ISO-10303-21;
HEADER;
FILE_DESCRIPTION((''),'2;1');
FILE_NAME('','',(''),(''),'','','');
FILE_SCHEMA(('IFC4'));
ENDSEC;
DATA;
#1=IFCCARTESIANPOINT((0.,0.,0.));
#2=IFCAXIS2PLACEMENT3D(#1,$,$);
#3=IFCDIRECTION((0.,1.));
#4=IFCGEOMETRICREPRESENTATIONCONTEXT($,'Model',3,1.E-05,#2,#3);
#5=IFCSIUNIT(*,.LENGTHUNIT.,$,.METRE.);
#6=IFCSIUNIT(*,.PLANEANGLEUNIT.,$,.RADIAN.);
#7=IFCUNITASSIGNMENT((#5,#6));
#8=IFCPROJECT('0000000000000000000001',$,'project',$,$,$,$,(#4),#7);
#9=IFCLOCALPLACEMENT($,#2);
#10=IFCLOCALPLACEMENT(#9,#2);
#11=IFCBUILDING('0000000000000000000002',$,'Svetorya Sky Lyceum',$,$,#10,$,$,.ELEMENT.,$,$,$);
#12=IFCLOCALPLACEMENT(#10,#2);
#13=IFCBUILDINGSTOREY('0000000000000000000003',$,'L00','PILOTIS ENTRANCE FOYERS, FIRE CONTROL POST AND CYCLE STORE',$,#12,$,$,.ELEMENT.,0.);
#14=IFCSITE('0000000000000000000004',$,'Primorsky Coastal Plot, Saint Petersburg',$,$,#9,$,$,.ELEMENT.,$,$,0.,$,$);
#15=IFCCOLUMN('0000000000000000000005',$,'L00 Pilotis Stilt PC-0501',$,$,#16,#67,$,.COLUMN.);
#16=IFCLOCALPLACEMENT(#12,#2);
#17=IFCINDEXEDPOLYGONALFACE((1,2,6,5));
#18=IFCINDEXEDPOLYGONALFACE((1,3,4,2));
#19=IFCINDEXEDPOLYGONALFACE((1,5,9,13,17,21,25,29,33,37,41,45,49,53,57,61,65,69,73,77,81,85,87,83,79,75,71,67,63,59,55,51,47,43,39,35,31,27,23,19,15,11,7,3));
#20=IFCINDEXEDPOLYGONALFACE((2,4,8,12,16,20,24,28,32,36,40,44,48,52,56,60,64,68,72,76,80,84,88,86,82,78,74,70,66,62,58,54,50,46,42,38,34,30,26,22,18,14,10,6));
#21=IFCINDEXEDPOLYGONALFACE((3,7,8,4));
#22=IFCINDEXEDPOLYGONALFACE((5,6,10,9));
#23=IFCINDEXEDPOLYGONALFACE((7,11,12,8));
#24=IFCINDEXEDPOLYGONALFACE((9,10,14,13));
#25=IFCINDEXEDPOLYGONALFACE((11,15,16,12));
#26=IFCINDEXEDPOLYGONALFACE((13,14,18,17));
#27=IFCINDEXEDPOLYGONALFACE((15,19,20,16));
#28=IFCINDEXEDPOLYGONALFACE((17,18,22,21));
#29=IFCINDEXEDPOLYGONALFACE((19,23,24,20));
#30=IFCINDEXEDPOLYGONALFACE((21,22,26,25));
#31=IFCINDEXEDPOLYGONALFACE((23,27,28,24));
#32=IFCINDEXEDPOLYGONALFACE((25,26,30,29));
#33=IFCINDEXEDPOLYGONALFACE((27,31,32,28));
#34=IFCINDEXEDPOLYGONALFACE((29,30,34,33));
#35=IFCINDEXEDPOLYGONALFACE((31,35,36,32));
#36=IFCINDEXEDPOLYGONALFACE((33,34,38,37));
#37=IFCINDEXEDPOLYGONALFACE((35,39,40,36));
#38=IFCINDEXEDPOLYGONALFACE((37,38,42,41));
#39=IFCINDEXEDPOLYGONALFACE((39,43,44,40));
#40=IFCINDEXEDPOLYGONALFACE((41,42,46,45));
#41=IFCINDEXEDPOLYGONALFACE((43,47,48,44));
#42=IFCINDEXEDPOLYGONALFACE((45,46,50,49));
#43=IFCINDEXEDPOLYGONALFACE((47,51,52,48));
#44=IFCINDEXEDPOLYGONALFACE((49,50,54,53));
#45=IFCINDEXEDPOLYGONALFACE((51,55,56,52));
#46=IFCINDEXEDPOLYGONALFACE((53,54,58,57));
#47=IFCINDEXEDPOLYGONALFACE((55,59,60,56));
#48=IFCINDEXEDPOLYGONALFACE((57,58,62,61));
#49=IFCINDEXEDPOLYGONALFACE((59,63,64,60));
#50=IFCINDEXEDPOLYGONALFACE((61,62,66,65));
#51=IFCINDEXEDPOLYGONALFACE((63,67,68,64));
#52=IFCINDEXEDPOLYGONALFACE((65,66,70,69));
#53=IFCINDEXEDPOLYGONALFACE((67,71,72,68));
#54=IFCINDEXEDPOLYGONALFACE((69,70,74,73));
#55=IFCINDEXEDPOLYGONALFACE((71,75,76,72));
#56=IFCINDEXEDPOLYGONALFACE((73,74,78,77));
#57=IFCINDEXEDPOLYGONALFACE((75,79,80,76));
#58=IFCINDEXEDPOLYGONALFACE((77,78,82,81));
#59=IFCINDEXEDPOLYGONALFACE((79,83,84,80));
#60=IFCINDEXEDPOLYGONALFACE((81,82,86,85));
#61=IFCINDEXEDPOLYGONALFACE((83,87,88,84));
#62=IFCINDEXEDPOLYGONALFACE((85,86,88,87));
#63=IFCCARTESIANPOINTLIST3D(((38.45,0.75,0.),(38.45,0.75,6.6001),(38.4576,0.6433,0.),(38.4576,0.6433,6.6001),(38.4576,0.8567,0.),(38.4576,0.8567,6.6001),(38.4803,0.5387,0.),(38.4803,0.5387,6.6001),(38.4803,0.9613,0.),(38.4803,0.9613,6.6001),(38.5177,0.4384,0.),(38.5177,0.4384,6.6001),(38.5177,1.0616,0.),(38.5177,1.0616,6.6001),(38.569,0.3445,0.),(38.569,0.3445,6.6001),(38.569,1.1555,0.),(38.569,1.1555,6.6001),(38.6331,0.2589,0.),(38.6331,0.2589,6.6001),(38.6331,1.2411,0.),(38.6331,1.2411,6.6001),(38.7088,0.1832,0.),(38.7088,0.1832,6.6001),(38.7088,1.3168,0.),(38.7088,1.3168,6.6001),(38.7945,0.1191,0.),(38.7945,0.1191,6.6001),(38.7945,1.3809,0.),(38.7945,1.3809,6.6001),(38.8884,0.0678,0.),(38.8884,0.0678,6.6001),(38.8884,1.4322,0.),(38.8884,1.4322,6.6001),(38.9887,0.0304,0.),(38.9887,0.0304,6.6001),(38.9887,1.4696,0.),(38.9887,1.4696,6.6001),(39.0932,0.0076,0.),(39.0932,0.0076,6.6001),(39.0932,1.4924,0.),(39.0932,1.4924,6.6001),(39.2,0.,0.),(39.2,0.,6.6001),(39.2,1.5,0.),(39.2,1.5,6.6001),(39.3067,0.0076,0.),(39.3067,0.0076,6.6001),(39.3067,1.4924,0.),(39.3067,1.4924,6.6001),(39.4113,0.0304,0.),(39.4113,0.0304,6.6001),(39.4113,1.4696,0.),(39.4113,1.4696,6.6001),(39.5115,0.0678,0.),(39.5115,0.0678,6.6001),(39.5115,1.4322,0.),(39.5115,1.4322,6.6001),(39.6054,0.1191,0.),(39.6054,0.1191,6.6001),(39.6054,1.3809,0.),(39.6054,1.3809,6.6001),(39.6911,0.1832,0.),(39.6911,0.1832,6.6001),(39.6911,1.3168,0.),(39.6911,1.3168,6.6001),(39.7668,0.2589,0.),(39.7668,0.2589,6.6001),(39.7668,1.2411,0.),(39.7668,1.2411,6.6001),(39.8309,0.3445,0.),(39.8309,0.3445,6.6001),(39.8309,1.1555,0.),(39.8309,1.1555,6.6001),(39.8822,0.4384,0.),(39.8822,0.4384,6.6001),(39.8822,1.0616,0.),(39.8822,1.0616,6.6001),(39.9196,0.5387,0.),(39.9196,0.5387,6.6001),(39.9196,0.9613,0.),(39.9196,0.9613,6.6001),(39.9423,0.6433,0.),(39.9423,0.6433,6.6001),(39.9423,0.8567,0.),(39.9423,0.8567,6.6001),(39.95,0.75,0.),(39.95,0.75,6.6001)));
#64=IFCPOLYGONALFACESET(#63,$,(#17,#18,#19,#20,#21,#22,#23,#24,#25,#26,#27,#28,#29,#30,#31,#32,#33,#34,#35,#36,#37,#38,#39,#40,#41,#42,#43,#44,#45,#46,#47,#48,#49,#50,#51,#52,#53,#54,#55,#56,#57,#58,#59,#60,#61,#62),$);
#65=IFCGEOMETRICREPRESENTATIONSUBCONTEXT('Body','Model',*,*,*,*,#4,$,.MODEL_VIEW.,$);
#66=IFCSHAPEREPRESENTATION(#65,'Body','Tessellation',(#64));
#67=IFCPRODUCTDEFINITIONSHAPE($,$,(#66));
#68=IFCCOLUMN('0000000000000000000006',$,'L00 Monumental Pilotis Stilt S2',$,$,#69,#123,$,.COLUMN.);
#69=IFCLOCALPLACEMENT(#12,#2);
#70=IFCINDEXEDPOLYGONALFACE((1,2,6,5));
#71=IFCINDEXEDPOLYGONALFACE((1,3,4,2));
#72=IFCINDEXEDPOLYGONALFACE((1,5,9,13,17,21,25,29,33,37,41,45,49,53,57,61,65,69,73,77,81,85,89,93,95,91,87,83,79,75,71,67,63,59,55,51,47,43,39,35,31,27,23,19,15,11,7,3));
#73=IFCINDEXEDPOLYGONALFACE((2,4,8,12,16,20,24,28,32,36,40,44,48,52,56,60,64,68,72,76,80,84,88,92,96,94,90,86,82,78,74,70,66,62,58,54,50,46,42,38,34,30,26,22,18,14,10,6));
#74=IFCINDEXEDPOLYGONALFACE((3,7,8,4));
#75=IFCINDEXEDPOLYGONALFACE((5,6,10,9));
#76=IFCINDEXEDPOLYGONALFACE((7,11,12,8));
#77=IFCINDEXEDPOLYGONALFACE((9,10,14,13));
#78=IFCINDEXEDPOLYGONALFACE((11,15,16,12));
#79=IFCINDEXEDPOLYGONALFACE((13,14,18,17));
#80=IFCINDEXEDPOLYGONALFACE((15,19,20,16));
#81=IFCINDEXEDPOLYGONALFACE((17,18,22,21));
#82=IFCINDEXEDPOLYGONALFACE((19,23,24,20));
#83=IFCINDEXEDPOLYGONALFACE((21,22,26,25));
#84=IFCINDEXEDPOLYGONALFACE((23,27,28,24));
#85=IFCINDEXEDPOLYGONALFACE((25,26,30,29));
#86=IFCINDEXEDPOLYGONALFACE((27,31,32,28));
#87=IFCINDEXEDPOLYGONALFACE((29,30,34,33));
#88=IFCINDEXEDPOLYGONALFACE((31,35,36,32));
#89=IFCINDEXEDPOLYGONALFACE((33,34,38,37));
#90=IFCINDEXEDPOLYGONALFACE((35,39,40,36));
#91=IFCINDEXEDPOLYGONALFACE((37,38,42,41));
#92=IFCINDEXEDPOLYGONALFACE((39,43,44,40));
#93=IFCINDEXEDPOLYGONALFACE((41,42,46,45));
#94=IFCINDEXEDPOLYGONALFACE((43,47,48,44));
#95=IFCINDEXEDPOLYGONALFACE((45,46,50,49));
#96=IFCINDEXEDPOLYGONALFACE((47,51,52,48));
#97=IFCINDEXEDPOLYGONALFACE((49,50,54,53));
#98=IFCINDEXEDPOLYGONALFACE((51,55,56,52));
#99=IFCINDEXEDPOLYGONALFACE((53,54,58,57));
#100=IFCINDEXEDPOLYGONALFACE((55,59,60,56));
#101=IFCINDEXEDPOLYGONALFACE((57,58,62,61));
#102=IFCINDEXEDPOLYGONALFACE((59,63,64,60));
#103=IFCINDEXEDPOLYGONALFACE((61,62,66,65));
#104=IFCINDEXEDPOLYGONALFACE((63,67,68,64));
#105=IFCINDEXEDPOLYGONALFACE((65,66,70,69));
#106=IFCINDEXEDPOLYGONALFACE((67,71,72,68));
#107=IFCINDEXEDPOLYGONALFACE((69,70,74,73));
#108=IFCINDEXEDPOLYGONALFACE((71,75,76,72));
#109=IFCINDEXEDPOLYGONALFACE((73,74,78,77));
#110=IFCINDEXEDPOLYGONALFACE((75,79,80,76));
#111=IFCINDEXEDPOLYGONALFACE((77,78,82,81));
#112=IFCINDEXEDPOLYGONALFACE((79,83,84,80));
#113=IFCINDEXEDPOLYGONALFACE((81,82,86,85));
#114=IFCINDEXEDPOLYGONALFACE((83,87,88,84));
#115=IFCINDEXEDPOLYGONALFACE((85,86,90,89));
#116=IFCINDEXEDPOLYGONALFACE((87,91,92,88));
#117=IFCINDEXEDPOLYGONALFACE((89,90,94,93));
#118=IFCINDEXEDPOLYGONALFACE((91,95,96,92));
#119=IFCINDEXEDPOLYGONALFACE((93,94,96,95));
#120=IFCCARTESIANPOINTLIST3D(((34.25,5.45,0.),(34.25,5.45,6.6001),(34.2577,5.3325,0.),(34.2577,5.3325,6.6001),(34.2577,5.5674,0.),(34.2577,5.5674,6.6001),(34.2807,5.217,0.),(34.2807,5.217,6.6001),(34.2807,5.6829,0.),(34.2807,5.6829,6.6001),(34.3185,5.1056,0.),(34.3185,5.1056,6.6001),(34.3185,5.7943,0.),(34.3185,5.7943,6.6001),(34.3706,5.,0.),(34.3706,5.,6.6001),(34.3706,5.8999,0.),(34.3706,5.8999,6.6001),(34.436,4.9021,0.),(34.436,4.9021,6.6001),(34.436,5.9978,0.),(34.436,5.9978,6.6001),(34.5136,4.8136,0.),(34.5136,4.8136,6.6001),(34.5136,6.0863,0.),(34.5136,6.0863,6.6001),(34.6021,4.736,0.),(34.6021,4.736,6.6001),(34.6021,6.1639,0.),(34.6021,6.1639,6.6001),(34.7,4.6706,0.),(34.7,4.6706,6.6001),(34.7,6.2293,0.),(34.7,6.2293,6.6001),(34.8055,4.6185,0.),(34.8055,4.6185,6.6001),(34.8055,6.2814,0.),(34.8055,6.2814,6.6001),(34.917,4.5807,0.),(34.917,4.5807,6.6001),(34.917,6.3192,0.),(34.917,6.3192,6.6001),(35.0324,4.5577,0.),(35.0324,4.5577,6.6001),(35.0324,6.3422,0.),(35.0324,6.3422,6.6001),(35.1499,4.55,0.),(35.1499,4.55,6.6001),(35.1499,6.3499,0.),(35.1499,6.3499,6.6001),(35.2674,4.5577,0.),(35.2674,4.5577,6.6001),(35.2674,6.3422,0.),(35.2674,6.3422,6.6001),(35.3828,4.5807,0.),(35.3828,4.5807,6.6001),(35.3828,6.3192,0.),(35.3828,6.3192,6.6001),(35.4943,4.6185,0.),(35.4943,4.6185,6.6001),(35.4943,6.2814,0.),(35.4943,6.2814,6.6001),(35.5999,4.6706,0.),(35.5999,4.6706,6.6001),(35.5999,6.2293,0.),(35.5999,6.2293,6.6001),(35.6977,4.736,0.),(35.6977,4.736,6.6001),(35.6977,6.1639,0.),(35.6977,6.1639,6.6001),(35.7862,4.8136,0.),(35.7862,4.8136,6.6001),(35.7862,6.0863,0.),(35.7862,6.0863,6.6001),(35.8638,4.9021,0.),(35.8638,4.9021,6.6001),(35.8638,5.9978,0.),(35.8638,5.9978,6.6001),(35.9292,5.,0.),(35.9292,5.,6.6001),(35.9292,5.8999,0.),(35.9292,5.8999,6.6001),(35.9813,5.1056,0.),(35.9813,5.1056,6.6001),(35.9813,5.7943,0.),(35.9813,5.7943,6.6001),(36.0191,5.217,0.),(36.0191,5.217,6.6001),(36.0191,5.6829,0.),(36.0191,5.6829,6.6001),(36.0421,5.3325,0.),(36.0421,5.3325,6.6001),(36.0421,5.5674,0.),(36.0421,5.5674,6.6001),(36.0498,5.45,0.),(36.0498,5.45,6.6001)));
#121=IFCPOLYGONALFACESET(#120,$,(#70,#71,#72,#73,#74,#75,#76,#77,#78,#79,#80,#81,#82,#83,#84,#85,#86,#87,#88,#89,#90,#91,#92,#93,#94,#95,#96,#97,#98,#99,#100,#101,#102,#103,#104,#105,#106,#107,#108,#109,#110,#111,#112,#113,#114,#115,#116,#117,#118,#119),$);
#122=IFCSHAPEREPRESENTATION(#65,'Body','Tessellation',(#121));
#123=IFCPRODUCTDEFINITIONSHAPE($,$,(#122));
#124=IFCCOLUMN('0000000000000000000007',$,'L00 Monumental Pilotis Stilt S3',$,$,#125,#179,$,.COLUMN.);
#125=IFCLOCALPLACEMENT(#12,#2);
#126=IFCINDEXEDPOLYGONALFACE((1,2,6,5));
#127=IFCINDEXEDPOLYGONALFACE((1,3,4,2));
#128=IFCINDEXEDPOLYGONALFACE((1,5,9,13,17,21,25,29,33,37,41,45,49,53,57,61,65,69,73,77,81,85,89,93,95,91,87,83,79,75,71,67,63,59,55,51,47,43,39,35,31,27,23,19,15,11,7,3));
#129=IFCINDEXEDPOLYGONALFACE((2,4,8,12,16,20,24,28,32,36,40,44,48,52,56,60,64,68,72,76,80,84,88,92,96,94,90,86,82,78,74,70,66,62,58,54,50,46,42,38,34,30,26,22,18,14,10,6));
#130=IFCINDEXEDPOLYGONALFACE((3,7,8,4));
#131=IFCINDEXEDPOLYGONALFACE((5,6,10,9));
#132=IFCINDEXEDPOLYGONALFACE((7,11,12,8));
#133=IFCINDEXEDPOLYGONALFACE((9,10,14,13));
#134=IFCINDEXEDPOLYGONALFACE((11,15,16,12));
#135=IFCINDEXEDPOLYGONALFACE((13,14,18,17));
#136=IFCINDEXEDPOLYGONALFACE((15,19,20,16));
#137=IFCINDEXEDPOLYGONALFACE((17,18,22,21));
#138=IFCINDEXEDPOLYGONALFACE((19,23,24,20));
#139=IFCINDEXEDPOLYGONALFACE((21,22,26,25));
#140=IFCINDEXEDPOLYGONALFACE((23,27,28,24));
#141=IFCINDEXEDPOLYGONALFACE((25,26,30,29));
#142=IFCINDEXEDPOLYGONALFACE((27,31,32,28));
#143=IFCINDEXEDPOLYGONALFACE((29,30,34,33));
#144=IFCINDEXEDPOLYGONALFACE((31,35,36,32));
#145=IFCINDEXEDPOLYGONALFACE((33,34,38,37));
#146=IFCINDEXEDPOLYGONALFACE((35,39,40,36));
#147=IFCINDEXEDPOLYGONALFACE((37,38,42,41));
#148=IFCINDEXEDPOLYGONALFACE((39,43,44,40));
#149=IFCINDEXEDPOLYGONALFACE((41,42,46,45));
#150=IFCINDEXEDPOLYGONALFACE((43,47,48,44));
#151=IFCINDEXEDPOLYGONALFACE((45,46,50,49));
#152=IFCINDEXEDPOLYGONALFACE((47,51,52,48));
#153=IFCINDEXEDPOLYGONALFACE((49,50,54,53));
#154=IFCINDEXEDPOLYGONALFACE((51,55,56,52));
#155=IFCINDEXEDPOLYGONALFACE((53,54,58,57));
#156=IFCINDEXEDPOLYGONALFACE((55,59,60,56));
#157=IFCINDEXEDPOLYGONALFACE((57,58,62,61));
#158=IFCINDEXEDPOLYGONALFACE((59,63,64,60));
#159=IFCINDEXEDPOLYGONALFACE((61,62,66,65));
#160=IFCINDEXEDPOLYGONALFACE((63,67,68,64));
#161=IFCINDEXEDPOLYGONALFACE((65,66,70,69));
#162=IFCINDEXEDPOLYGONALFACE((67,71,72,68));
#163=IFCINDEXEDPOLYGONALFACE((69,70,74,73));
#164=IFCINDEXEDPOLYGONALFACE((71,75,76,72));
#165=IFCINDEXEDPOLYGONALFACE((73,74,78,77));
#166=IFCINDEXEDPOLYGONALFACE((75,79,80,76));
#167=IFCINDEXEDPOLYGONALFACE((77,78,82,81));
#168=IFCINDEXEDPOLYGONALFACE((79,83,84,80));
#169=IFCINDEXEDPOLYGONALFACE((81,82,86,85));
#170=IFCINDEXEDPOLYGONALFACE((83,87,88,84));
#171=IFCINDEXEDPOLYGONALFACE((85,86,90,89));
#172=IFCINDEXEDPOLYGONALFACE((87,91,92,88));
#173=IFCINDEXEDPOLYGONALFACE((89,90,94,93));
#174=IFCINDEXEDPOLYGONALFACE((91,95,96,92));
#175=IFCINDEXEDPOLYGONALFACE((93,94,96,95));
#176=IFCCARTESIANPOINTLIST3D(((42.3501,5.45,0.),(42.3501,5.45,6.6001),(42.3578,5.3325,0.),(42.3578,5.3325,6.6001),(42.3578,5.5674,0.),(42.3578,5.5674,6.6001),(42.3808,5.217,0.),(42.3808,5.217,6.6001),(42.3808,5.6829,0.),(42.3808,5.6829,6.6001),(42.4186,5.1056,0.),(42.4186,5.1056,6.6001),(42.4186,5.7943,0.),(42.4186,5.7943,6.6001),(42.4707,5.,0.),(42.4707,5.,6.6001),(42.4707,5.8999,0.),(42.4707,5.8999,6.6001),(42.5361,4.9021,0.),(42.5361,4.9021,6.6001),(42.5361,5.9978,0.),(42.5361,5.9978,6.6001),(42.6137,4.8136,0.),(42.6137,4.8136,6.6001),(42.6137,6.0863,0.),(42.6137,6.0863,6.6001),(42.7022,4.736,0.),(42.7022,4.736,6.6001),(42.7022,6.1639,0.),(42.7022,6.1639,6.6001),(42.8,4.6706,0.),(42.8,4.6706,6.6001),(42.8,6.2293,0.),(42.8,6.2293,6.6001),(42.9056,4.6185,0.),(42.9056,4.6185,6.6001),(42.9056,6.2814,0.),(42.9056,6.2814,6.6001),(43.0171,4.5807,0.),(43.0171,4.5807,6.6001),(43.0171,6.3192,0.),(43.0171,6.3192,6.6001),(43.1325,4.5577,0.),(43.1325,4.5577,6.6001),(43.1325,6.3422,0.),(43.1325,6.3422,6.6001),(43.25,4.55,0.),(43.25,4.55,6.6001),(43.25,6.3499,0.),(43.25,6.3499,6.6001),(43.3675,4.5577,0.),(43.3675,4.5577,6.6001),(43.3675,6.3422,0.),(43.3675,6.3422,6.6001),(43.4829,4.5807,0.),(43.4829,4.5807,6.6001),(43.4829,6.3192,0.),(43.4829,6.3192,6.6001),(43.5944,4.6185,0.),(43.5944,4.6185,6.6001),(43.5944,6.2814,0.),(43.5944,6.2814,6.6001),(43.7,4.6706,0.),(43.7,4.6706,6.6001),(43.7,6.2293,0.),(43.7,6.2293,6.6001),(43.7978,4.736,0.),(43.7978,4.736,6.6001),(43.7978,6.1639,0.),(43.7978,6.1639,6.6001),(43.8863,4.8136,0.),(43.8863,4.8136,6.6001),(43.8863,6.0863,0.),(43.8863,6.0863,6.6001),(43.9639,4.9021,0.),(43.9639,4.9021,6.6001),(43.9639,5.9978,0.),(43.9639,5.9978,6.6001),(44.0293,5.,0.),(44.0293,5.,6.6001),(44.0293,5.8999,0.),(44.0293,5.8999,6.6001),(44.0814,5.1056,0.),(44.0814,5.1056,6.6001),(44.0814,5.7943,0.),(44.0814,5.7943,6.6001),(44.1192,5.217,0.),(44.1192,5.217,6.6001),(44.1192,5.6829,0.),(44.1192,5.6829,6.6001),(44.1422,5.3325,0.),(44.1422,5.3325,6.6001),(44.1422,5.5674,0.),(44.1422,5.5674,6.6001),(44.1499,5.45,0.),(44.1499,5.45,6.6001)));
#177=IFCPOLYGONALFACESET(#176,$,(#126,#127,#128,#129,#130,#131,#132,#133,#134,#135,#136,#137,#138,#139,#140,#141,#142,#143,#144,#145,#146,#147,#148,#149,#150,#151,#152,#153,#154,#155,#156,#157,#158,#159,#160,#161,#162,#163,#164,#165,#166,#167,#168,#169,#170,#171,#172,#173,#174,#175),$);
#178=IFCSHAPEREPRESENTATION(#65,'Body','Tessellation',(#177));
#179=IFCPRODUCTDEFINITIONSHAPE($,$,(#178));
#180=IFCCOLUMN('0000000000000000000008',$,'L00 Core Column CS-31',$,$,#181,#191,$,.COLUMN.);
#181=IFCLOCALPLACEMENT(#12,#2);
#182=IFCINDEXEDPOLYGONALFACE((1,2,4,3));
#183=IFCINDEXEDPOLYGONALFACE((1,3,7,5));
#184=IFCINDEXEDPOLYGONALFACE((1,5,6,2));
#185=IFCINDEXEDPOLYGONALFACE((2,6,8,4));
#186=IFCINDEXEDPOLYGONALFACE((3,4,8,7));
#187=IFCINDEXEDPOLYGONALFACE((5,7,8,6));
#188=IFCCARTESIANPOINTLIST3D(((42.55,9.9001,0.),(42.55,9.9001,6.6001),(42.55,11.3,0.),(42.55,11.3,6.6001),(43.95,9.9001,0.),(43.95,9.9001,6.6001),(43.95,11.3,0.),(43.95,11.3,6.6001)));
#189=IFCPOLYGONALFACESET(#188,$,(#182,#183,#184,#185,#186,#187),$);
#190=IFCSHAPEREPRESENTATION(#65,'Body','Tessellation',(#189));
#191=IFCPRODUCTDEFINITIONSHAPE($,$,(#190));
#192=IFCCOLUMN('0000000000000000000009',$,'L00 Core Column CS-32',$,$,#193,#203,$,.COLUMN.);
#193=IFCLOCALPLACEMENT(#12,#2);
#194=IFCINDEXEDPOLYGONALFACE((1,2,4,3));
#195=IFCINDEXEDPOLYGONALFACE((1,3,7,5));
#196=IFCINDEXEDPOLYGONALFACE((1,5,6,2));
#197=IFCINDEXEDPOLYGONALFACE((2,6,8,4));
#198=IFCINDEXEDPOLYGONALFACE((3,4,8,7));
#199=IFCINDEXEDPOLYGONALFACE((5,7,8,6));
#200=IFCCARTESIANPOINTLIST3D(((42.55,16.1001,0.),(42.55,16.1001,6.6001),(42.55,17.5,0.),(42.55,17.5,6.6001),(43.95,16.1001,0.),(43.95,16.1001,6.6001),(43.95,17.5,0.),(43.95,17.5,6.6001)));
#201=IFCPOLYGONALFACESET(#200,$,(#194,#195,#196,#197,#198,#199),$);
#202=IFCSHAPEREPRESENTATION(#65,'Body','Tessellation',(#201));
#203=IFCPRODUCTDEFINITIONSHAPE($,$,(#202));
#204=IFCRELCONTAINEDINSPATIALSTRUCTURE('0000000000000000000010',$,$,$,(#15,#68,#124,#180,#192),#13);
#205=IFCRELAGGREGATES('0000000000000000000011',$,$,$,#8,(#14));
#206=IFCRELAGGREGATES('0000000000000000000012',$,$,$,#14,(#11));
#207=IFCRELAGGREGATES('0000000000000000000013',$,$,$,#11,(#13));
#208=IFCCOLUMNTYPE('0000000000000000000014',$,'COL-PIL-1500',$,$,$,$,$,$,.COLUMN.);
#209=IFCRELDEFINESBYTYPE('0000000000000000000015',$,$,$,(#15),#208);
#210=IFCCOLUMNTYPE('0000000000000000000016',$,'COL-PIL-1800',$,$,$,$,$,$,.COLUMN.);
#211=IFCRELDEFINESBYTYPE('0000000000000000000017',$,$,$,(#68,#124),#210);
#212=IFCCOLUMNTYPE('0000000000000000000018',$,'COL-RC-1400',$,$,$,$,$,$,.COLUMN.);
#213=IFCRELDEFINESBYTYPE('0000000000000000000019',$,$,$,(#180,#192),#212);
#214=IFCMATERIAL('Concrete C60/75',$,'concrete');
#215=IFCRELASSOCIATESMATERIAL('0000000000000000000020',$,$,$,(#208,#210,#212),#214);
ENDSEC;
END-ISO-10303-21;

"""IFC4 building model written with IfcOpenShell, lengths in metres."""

from ifc_helpers import new_model, si_unit, direction, frame, origin, origin_2d, place, context, subcontext, project, spatial, rectangle, circle, extrude, material, material_profile, profile_set, type_object, element, save


model = new_model("IFC4")

# Units and contexts
model_context = context("Model", 3, precision=1e-05, world=origin(), true_north=direction((0.0, 1.0)))
body_context = subcontext(model_context, "Body", "Model", "MODEL_VIEW")
ifc_project = project(units=[si_unit("LENGTHUNIT", "METRE"), si_unit("PLANEANGLEUNIT", "RADIAN")], contexts=[model_context])

# Site, building, storey
site_placement = place(None, origin())
site = spatial("IfcSite", under=ifc_project, at=site_placement, Name="Primorsky Coastal Plot, Saint Petersburg", CompositionType="ELEMENT", RefElevation=0.0)
building_placement = place(site_placement, origin())
building = spatial("IfcBuilding", under=site, at=building_placement, Name="Svetorya Sky Lyceum", CompositionType="ELEMENT")
storey_placement = place(building_placement, origin())
storey = spatial("IfcBuildingStorey", under=building, at=storey_placement, Name="L00", Description="PILOTIS ENTRANCE FOYERS, FIRE CONTROL POST AND CYCLE STORE", CompositionType="ELEMENT", Elevation=0.0)

# Columns
ifc_material_1 = material(Name="Concrete C60/75", Category="concrete")
ifc_material_profile_1 = material_profile(ifc_material_1, circle(Radius=0.75, at=origin_2d()), Name="RC PILOTI D1500")
ifc_profile_set_1 = profile_set([ifc_material_profile_1], Name="Concrete C60/75")
column_type_1 = type_object("IfcColumnType", Name="COL-PIL-1500", PredefinedType="COLUMN", material=ifc_profile_set_1)
column_placement = place(storey_placement, frame((39.2, 0.75, 0.0), z_axis=(0.0, 0.0, 1.0), x_axis=(1.0, 0.0, 0.0)))
element("IfcColumn", 1, at=column_placement, inside=storey, type_object=column_type_1, Name="L00 Pilotis Stilt PC-0501", PredefinedType="COLUMN", context=body_context, shape_type="SweptSolid", body=[
    extrude(circle(Radius=0.75, at=origin_2d()), origin(), (0.0, 0.0, 1.0), 6.6001),
])
ifc_material_profile_2 = material_profile(ifc_material_1, circle(Radius=0.8999, at=origin_2d()), Name="RC PILOTI D1800")
ifc_profile_set_2 = profile_set([ifc_material_profile_2], Name="Concrete C60/75")
column_type_2 = type_object("IfcColumnType", Name="COL-PIL-1800", PredefinedType="COLUMN", material=ifc_profile_set_2)
for number, where, z_axis, x_axis, name in (
    (2, (35.1499, 5.45, 0.0), (0.0, 0.0, 1.0), (1.0, 0.0, 0.0), "L00 Monumental Pilotis Stilt S2"),
    (3, (43.25, 5.45, 0.0), (0.0, 0.0, 1.0), (1.0, 0.0, 0.0), "L00 Monumental Pilotis Stilt S3"),
):
    element("IfcColumn", number, at=place(storey_placement, frame(where, z_axis=z_axis, x_axis=x_axis)), inside=storey, type_object=column_type_2, Name=name, PredefinedType="COLUMN", context=body_context, shape_type="SweptSolid", body=[
        extrude(circle(Radius=0.8999, at=origin_2d()), origin(), (0.0, 0.0, 1.0), 6.6001),
    ])
ifc_material_profile_3 = material_profile(ifc_material_1, rectangle(XDim=1.3999, YDim=1.3999, at=origin_2d()), Name="RC COL 1400x1400")
ifc_profile_set_3 = profile_set([ifc_material_profile_3], Name="Concrete C60/75")
column_type_3 = type_object("IfcColumnType", Name="COL-RC-1400", PredefinedType="COLUMN", material=ifc_profile_set_3)
for number, where, z_axis, x_axis, name in (
    (4, (43.25, 10.6001, 0.0), (0.0, 0.0, 1.0), (1.0, 0.0, 0.0), "L00 Core Column CS-31"),
    (5, (43.25, 16.8, 0.0), (0.0, 0.0, 1.0), (1.0, 0.0, 0.0), "L00 Core Column CS-32"),
):
    element("IfcColumn", number, at=place(storey_placement, frame(where, z_axis=z_axis, x_axis=x_axis)), inside=storey, type_object=column_type_3, Name=name, PredefinedType="COLUMN", context=body_context, shape_type="SweptSolid", body=[
        extrude(rectangle(XDim=1.3999, YDim=1.3999, at=origin_2d()), origin(), (0.0, 0.0, 1.0), 6.6001),
    ])

save(model, "model.ifc")
